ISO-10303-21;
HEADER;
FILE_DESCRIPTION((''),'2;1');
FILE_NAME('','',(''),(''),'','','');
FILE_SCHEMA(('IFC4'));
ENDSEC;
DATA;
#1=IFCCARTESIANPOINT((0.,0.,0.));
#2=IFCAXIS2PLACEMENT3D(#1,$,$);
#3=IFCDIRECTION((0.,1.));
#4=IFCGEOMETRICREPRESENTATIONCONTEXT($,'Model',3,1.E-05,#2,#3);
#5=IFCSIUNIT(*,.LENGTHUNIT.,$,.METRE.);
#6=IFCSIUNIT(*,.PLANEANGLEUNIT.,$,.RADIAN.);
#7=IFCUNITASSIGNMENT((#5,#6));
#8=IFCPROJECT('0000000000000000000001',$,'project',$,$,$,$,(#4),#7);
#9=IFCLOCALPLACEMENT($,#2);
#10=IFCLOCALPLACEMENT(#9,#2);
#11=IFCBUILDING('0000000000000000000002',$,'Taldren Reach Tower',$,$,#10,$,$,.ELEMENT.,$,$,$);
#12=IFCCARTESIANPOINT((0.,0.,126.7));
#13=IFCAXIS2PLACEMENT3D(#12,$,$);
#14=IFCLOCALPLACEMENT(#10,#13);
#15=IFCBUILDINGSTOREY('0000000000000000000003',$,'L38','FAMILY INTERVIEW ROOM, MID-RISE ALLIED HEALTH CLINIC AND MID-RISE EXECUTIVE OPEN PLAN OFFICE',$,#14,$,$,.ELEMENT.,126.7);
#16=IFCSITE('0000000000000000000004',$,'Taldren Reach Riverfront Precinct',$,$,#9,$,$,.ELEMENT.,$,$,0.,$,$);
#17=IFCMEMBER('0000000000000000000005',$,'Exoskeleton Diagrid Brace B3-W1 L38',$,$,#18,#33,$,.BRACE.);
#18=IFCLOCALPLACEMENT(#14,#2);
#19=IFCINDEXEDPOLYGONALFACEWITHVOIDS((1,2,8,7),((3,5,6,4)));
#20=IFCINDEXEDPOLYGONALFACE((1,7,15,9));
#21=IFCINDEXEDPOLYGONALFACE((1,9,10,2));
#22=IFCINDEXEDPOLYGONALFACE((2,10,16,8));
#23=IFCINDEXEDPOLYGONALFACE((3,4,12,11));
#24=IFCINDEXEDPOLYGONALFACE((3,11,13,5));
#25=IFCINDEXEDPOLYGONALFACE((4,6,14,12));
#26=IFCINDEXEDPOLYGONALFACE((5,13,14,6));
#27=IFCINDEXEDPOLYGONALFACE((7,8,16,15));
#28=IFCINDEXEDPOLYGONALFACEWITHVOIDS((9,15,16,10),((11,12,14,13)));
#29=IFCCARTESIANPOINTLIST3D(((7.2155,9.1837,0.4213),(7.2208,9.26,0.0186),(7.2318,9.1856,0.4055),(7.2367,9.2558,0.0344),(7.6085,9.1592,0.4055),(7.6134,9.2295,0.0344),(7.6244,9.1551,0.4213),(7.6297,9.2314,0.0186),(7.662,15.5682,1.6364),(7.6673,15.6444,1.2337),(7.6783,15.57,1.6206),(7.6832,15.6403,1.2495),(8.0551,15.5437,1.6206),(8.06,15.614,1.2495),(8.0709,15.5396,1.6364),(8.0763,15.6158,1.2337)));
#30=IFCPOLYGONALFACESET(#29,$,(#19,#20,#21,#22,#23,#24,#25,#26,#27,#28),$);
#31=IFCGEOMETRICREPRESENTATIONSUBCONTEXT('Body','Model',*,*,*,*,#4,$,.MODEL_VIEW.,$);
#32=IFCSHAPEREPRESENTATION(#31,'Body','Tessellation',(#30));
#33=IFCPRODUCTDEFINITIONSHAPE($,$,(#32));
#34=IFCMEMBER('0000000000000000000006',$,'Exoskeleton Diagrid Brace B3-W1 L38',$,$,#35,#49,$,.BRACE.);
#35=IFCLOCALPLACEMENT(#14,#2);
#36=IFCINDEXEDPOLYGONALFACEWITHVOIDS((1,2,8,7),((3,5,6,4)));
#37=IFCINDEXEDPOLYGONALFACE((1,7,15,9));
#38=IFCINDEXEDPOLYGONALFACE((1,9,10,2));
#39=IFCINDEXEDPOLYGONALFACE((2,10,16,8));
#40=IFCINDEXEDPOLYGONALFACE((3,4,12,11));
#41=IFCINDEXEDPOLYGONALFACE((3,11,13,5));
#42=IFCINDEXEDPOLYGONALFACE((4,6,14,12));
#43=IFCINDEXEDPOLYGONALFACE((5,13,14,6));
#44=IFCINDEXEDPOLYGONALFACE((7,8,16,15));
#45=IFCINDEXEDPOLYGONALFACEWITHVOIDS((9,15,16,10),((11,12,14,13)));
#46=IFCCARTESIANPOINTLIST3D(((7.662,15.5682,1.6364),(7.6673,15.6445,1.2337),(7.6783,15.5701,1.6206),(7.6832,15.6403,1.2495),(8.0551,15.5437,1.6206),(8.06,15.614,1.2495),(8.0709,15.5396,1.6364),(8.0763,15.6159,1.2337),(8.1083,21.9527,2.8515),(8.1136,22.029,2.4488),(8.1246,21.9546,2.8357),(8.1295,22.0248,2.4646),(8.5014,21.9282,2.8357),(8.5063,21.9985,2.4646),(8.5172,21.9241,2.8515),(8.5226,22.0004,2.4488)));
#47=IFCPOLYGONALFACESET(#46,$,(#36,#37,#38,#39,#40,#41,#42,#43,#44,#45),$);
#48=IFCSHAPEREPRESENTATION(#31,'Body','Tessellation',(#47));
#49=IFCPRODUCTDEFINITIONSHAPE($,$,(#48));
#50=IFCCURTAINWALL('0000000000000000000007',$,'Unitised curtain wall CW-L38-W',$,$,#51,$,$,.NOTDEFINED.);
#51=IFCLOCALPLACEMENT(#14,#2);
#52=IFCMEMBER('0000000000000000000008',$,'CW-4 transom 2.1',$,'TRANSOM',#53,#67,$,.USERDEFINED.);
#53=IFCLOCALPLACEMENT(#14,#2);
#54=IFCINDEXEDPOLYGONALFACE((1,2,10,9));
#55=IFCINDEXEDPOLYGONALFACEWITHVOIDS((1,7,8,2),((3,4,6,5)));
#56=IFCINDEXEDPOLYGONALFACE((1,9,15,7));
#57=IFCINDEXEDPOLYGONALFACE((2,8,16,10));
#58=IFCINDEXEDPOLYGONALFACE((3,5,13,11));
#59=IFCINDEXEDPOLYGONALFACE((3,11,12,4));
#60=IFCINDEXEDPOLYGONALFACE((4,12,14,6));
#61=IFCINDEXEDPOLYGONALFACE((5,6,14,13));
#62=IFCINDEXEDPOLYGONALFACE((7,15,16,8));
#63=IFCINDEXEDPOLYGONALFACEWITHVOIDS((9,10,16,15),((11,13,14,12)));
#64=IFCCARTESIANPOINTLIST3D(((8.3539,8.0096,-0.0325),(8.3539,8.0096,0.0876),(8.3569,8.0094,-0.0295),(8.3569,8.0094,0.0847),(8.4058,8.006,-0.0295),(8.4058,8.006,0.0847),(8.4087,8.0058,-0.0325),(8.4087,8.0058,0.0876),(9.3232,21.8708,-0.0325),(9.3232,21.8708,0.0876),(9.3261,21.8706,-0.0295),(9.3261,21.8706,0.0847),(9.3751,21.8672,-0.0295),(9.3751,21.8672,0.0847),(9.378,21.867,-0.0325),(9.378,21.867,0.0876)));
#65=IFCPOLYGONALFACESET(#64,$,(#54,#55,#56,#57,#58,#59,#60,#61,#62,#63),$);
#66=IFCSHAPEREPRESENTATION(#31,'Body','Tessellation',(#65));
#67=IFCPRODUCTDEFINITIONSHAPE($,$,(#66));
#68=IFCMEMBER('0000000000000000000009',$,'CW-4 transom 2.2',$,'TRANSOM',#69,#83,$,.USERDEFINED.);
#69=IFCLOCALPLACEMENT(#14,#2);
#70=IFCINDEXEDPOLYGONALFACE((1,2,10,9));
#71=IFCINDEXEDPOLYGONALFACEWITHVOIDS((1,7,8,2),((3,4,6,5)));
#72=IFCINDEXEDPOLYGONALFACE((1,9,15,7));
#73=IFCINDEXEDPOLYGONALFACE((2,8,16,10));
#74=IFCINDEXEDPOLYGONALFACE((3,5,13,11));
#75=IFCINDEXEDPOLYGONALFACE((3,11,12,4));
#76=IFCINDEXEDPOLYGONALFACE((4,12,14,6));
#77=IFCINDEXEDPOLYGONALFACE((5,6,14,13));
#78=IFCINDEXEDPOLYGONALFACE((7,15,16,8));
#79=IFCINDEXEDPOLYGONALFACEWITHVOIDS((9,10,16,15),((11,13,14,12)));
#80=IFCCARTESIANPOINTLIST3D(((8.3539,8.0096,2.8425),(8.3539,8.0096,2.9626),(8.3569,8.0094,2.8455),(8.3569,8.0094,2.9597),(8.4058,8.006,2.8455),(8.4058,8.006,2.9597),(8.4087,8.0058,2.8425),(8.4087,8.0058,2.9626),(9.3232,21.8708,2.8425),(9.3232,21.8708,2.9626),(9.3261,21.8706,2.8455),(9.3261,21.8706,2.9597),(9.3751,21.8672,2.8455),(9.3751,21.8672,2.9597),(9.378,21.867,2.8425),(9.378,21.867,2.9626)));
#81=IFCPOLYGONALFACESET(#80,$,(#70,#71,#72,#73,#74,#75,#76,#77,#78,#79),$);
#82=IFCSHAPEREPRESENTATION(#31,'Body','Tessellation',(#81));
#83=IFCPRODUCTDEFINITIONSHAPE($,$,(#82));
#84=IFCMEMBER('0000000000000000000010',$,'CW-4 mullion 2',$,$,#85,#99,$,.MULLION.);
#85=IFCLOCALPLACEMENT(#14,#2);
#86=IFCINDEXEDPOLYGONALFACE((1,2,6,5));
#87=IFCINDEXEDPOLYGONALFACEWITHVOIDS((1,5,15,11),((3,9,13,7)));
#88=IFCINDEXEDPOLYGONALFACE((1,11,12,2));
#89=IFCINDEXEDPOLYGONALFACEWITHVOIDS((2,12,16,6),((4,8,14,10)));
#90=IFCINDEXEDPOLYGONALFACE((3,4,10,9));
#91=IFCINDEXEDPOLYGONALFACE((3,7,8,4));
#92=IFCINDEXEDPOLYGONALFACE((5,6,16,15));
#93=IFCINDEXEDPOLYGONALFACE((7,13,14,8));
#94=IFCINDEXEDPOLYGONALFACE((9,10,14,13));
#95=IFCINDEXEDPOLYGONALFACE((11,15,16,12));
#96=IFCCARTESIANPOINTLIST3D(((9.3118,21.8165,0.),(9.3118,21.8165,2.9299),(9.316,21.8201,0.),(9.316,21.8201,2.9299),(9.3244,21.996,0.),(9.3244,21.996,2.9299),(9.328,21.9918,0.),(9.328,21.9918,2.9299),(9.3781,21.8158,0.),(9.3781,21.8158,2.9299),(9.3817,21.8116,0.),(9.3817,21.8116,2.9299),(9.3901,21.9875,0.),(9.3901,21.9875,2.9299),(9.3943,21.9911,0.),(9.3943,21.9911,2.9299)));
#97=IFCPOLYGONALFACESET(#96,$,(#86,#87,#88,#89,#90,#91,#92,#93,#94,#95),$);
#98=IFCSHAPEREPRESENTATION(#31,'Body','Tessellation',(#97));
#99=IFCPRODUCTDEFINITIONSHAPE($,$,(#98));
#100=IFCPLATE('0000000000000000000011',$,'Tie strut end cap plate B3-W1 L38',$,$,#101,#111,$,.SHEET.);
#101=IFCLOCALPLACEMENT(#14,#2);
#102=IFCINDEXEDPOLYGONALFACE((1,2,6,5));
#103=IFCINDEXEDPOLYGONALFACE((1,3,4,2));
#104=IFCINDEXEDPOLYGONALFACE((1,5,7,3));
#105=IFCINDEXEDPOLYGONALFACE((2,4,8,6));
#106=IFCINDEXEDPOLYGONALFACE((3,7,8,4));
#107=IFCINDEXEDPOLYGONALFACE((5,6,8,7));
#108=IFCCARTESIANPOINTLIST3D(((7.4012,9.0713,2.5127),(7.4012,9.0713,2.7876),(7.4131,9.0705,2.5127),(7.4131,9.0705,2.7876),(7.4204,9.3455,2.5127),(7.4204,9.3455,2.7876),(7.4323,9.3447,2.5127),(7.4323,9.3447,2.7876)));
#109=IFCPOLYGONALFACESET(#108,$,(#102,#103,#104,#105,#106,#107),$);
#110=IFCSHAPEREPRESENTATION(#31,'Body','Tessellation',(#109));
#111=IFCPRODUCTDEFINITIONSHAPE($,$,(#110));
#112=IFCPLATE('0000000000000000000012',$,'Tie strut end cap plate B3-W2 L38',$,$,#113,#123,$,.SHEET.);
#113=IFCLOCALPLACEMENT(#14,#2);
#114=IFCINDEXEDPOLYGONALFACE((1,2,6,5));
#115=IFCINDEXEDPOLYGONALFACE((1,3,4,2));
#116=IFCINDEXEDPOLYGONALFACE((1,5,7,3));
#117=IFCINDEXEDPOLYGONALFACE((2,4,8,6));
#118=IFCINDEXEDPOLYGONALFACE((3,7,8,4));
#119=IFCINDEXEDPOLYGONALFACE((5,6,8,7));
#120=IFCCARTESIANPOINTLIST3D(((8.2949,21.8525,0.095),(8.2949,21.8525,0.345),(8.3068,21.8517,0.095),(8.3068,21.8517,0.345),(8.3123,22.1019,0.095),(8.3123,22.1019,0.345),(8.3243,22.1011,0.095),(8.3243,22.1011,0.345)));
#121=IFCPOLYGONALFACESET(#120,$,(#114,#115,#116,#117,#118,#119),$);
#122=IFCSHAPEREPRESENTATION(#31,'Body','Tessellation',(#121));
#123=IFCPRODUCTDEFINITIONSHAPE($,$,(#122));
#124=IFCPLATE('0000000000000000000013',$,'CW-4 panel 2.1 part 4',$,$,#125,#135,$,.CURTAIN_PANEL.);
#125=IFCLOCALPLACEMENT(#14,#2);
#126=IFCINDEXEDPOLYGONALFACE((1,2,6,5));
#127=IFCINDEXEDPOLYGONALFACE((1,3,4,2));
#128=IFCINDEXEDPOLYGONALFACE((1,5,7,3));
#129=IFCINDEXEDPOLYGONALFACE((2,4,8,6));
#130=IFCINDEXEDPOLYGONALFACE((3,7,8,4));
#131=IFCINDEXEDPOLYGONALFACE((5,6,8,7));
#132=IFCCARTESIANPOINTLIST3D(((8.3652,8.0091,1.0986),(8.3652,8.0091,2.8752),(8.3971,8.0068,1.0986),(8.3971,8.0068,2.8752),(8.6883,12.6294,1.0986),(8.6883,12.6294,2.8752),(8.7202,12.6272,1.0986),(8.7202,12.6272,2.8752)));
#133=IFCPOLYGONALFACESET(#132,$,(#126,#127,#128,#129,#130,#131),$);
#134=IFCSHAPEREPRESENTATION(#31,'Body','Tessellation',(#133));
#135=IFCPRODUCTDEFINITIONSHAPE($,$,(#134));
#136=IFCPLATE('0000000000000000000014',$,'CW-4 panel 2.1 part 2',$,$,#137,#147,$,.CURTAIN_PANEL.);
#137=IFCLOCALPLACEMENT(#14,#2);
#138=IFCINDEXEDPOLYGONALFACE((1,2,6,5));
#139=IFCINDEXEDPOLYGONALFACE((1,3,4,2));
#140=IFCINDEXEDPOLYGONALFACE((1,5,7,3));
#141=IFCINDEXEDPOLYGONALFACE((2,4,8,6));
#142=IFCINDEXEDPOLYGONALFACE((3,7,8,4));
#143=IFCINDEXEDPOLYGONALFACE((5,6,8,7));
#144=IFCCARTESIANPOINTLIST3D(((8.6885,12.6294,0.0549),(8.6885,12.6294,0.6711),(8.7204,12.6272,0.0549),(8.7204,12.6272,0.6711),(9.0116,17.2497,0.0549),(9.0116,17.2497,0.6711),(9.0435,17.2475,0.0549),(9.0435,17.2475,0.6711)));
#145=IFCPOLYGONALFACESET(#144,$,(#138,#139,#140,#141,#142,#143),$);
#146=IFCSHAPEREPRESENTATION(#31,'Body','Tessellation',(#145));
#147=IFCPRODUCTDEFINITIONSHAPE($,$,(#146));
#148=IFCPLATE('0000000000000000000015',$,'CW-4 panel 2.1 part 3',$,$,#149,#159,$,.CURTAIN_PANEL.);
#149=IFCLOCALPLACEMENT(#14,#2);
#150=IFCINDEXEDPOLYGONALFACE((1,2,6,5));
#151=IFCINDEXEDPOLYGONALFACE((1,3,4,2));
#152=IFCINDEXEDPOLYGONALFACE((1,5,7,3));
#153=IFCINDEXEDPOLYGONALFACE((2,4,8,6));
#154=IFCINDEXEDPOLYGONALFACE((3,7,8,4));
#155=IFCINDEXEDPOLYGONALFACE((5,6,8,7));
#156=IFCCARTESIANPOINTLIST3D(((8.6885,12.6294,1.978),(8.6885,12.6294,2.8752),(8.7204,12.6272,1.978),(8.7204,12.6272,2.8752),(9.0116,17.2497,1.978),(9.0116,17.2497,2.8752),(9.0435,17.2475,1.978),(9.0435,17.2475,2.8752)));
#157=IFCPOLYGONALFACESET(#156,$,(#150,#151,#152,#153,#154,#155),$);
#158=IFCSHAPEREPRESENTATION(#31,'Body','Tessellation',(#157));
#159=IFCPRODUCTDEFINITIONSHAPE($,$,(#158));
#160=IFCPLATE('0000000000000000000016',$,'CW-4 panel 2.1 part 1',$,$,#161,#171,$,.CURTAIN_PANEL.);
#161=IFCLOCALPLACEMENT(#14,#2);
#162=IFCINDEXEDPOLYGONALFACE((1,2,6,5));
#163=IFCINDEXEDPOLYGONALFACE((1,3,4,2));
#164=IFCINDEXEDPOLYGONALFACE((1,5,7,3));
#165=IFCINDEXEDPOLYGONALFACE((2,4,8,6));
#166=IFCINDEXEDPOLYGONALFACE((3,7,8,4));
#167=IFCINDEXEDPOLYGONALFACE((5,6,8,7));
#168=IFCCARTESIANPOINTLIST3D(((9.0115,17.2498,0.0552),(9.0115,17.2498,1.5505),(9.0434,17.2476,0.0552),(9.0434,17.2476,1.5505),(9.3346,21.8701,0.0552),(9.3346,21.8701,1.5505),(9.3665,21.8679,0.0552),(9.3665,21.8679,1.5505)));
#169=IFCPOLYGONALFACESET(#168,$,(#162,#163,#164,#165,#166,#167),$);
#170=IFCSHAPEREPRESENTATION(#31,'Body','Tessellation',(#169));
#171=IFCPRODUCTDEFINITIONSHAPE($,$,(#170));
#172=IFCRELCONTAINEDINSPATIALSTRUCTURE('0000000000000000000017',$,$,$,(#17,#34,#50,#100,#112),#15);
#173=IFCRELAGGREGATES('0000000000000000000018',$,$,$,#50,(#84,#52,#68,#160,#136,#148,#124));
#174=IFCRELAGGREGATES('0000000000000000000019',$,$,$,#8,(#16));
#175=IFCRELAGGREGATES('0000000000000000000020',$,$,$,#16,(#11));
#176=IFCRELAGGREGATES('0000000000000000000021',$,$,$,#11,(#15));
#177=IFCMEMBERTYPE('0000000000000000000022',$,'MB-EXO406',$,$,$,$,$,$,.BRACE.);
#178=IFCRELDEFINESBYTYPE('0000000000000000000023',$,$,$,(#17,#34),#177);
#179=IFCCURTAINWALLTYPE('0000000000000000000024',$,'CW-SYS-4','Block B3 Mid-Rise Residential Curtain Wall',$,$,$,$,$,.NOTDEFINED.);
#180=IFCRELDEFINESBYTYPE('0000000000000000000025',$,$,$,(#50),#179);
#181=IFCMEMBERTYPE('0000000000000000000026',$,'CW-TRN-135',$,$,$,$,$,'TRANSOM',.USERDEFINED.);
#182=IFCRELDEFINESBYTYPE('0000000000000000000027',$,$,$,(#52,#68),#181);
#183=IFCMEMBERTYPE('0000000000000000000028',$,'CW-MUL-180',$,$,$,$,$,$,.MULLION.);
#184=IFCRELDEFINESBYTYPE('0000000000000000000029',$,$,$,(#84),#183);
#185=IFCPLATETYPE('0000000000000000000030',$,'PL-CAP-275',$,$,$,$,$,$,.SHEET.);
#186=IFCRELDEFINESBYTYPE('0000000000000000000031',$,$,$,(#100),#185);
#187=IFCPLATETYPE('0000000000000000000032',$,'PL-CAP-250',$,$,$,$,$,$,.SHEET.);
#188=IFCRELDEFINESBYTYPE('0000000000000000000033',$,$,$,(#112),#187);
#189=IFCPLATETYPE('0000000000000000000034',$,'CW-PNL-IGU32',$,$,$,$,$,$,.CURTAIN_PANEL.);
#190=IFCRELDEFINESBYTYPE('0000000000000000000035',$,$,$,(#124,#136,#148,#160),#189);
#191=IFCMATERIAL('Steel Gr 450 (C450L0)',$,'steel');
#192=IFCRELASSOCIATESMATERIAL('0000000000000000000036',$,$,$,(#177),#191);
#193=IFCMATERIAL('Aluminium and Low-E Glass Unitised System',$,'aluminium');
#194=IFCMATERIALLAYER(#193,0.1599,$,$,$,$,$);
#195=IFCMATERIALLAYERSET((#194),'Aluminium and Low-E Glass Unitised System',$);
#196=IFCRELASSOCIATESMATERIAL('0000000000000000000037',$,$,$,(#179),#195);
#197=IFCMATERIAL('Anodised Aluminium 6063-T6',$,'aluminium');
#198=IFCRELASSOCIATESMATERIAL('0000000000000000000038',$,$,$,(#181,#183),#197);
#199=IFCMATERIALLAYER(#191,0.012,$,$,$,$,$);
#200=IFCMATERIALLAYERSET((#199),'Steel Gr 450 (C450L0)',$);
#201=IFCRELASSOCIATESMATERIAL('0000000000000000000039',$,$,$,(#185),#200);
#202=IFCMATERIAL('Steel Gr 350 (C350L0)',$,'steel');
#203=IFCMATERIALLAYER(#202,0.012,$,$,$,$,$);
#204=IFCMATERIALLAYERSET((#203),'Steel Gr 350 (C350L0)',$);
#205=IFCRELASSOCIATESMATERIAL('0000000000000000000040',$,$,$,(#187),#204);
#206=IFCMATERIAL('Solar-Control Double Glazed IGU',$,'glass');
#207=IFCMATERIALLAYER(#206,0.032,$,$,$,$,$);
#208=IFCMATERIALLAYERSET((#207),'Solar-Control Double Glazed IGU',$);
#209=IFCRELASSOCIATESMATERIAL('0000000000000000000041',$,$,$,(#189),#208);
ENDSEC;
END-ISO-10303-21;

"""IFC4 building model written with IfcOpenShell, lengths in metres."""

from ifc_helpers import new_model, si_unit, direction, frame, origin, origin_2d, place, context, subcontext, project, spatial, rectangle, hollow_rectangle, extrude, source, transform, mapped, material, layer, layer_set, material_profile, profile_set, type_object, element, aggregate, save


model = new_model("IFC4")

# Units and contexts
model_context = context("Model", 3, precision=1e-05, world=origin(), true_north=direction((0.0, 1.0)))
body_context = subcontext(model_context, "Body", "Model", "MODEL_VIEW")
ifc_project = project(units=[si_unit("LENGTHUNIT", "METRE"), si_unit("PLANEANGLEUNIT", "RADIAN")], contexts=[model_context])

# Site, building, storey
site_placement = place(None, origin())
site = spatial("IfcSite", under=ifc_project, at=site_placement, Name="Taldren Reach Riverfront Precinct", CompositionType="ELEMENT", RefElevation=0.0)
building_placement = place(site_placement, origin())
building = spatial("IfcBuilding", under=site, at=building_placement, Name="Taldren Reach Tower", CompositionType="ELEMENT")
storey_placement = place(building_placement, frame((0.0, 0.0, 126.7)))
storey = spatial("IfcBuildingStorey", under=building, at=storey_placement, Name="L38", Description="FAMILY INTERVIEW ROOM, MID-RISE ALLIED HEALTH CLINIC AND MID-RISE EXECUTIVE OPEN PLAN OFFICE", CompositionType="ELEMENT", Elevation=126.7)

# Shared definitions
ifc_material_1 = material(Name="Steel Gr 450 (C450L0)", Category="steel")
ifc_material_2 = material(Name="Steel Gr 350 (C350L0)", Category="steel")

# Members
ifc_material_profile_1 = material_profile(ifc_material_1, hollow_rectangle(XDim=0.4099, YDim=0.4099, WallThickness=0.0161, at=origin_2d()), Name="410x410x16.0SHS")
ifc_profile_set_1 = profile_set([ifc_material_profile_1], Name="Steel Gr 450 (C450L0)")
member_type_1 = type_object("IfcMemberType", Name="MB-EXO406", PredefinedType="BRACE", material=ifc_profile_set_1)
shared_shape_1 = source(origin(), body_context, "Body", "SweptSolid", [
    extrude(hollow_rectangle(XDim=0.4099, YDim=0.4099, WallThickness=0.0161, at=origin_2d()), origin(), (0.0, 0.0, 1.0), 6.5144),
])
for number, where, z_axis, x_axis, name in (
    (1, (7.4226, 9.2075, 0.22), (0.068545, 0.980057, 0.186522), (-0.997563, 0.06977, 0.0), "Exoskeleton Diagrid Brace B3-W1 L38"),
    (2, (7.8691, 15.592, 1.4351), (0.068508, 0.980059, 0.186523), (-0.997566, 0.069732, 0.0), "Exoskeleton Diagrid Brace B3-W1 L38"),
):
    element("IfcMember", number, at=place(storey_placement, frame(where, z_axis=z_axis, x_axis=x_axis)), inside=storey, type_object=member_type_1, Name=name, PredefinedType="BRACE", context=body_context, shape_type="MappedRepresentation", body=[
        mapped(shared_shape_1, transform((0.0, 0.0, 0.0), scale=1.0)),
    ])

# Curtain wall, members
ifc_material_3 = material(Name="Aluminium and Low-E Glass Unitised System", Category="aluminium")
ifc_layer_1 = layer(ifc_material_3, 0.1599)
ifc_layer_set_1 = layer_set([ifc_layer_1], Name="Aluminium and Low-E Glass Unitised System")
curtain_wall_type = type_object("IfcCurtainWallType", Name="CW-SYS-4", Description="Block B3 Mid-Rise Residential Curtain Wall", PredefinedType="NOTDEFINED", material=ifc_layer_set_1)
curtain_wall_placement = place(storey_placement, origin())
curtain_wall = element("IfcCurtainWall", 3, at=curtain_wall_placement, inside=storey, type_object=curtain_wall_type, Name="Unitised curtain wall CW-L38-W", PredefinedType="NOTDEFINED")
ifc_material_4 = material(Name="Anodised Aluminium 6063-T6", Category="aluminium")
ifc_material_profile_2 = material_profile(ifc_material_4, hollow_rectangle(XDim=0.0549, YDim=0.1201, WallThickness=0.0029, at=origin_2d()), Name="ALU-120x55x3RHS")
ifc_profile_set_2 = profile_set([ifc_material_profile_2], Name="Anodised Aluminium 6063-T6")
member_type_2 = type_object("IfcMemberType", Name="CW-TRN-135", ElementType="TRANSOM", PredefinedType="USERDEFINED", material=ifc_profile_set_2)
shared_shape_2 = source(origin(), body_context, "Body", "SweptSolid", [
    extrude(hollow_rectangle(XDim=0.0549, YDim=0.1201, WallThickness=0.0029, at=origin_2d()), origin(), (0.0, 0.0, 1.0), 13.895),
])
member_1_placement = place(storey_placement, frame((9.3506, 21.8689, 0.0276), z_axis=(-0.069755, -0.997564, 0.0), x_axis=(0.997564, -0.069755, 0.0)))
member_1 = element("IfcMember", 4, at=member_1_placement, type_object=member_type_2, Name="CW-4 transom 2.1", ObjectType="TRANSOM", PredefinedType="USERDEFINED", context=body_context, shape_type="MappedRepresentation", body=[
    mapped(shared_shape_2, transform((0.0, 0.0, 0.0), scale=1.0)),
])
member_2_placement = place(storey_placement, frame((9.3506, 21.8689, 2.9026), z_axis=(-0.069755, -0.997564, 0.0), x_axis=(0.997564, -0.069755, 0.0)))
member_2 = element("IfcMember", 5, at=member_2_placement, type_object=member_type_2, Name="CW-4 transom 2.2", ObjectType="TRANSOM", PredefinedType="USERDEFINED", context=body_context, shape_type="MappedRepresentation", body=[
    mapped(shared_shape_2, transform((0.0, 0.0, 0.0), scale=1.0)),
])
ifc_material_profile_3 = material_profile(ifc_material_4, hollow_rectangle(XDim=0.0701, YDim=0.1799, WallThickness=0.0039, at=origin_2d()), Name="ALU-180x70x4RHS")
ifc_profile_set_3 = profile_set([ifc_material_profile_3], Name="Anodised Aluminium 6063-T6")
member_type_3 = type_object("IfcMemberType", Name="CW-MUL-180", PredefinedType="MULLION", material=ifc_profile_set_3)
shared_shape_3 = source(origin(), body_context, "Body", "SweptSolid", [
    extrude(hollow_rectangle(XDim=0.0701, YDim=0.1799, WallThickness=0.0039, at=origin_2d()), origin(), (0.0, 0.0, 1.0), 2.9299),
])
member_3_placement = place(storey_placement, frame((9.353, 21.9038, 0.0), z_axis=(0.0, 0.0, 1.0), x_axis=(0.997564, -0.069756, 0.0)))
member_3 = element("IfcMember", 6, at=member_3_placement, type_object=member_type_3, Name="CW-4 mullion 2", PredefinedType="MULLION", context=body_context, shape_type="MappedRepresentation", body=[
    mapped(shared_shape_3, transform((0.0, 0.0, 0.0), scale=1.0)),
])

# Plates
ifc_layer_2 = layer(ifc_material_1, 0.012)
ifc_layer_set_2 = layer_set([ifc_layer_2], Name="Steel Gr 450 (C450L0)")
plate_type_1 = type_object("IfcPlateType", Name="PL-CAP-275", PredefinedType="SHEET", material=ifc_layer_set_2)
shared_shape_4 = source(origin(), body_context, "Body", "SweptSolid", [
    extrude(rectangle(XDim=0.012, YDim=0.2749, at=origin_2d()), origin(), (0.0, 0.0, 1.0), 0.2749),
])
plate_1_placement = place(storey_placement, frame((7.4167, 9.208, 2.5127), z_axis=(0.0, 0.0, 1.0), x_axis=(0.997564, -0.069756, 0.0)))
element("IfcPlate", 7, at=plate_1_placement, inside=storey, type_object=plate_type_1, Name="Tie strut end cap plate B3-W1 L38", PredefinedType="SHEET", context=body_context, shape_type="MappedRepresentation", body=[
    mapped(shared_shape_4, transform((0.0, 0.0, 0.0), scale=1.0)),
])
ifc_layer_3 = layer(ifc_material_2, 0.012)
ifc_layer_set_3 = layer_set([ifc_layer_3], Name="Steel Gr 350 (C350L0)")
plate_type_2 = type_object("IfcPlateType", Name="PL-CAP-250", PredefinedType="SHEET", material=ifc_layer_set_3)
shared_shape_5 = source(origin(), body_context, "Body", "SweptSolid", [
    extrude(rectangle(XDim=0.012, YDim=0.25, at=origin_2d()), origin(), (0.0, 0.0, 1.0), 0.25),
])
plate_2_placement = place(storey_placement, frame((8.3096, 21.9768, 0.095), z_axis=(0.0, 0.0, 1.0), x_axis=(0.997564, -0.069756, 0.0)))
element("IfcPlate", 8, at=plate_2_placement, inside=storey, type_object=plate_type_2, Name="Tie strut end cap plate B3-W2 L38", PredefinedType="SHEET", context=body_context, shape_type="MappedRepresentation", body=[
    mapped(shared_shape_5, transform((0.0, 0.0, 0.0), scale=1.0)),
])

# Plates
ifc_material_5 = material(Name="Solar-Control Double Glazed IGU", Category="glass")
ifc_layer_4 = layer(ifc_material_5, 0.032)
ifc_layer_set_4 = layer_set([ifc_layer_4], Name="Solar-Control Double Glazed IGU")
plate_type_3 = type_object("IfcPlateType", Name="CW-PNL-IGU32", PredefinedType="CURTAIN_PANEL", material=ifc_layer_set_4)
shared_shape_6 = source(origin(), body_context, "Body", "SweptSolid", [
    extrude(rectangle(XDim=4.6316, YDim=0.032, at=origin_2d()), origin(), (0.0, 0.0, 1.0), 1.7766),
])
plate_3_placement = place(storey_placement, frame((8.5427, 10.3181, 1.0986), z_axis=(0.0, 0.0, 1.0), x_axis=(-0.069756, -0.997564, 0.0)))
plate_3 = element("IfcPlate", 9, at=plate_3_placement, type_object=plate_type_3, Name="CW-4 panel 2.1 part 4", PredefinedType="CURTAIN_PANEL", context=body_context, shape_type="MappedRepresentation", body=[
    mapped(shared_shape_6, transform((0.0, 0.0, 0.0), scale=1.0)),
])
shared_shape_7 = source(origin(), body_context, "Body", "SweptSolid", [
    extrude(rectangle(XDim=4.6316, YDim=0.032, at=origin_2d()), origin(), (0.0, 0.0, 1.0), 0.6162),
])
plate_4_placement = place(storey_placement, frame((8.866, 14.9385, 0.0549), z_axis=(0.0, 0.0, 1.0), x_axis=(-0.069756, -0.997564, 0.0)))
plate_4 = element("IfcPlate", 10, at=plate_4_placement, type_object=plate_type_3, Name="CW-4 panel 2.1 part 2", PredefinedType="CURTAIN_PANEL", context=body_context, shape_type="MappedRepresentation", body=[
    mapped(shared_shape_7, transform((0.0, 0.0, 0.0), scale=1.0)),
])
shared_shape_8 = source(origin(), body_context, "Body", "SweptSolid", [
    extrude(rectangle(XDim=4.6316, YDim=0.032, at=origin_2d()), origin(), (0.0, 0.0, 1.0), 0.8972),
])
plate_5_placement = place(storey_placement, frame((8.866, 14.9385, 1.978), z_axis=(0.0, 0.0, 1.0), x_axis=(-0.069756, -0.997564, 0.0)))
plate_5 = element("IfcPlate", 11, at=plate_5_placement, type_object=plate_type_3, Name="CW-4 panel 2.1 part 3", PredefinedType="CURTAIN_PANEL", context=body_context, shape_type="MappedRepresentation", body=[
    mapped(shared_shape_8, transform((0.0, 0.0, 0.0), scale=1.0)),
])
shared_shape_9 = source(origin(), body_context, "Body", "SweptSolid", [
    extrude(rectangle(XDim=4.6316, YDim=0.032, at=origin_2d()), origin(), (0.0, 0.0, 1.0), 1.4954),
])
plate_6_placement = place(storey_placement, frame((9.189, 19.5588, 0.0552), z_axis=(0.0, 0.0, 1.0), x_axis=(-0.069756, -0.997564, 0.0)))
plate_6 = element("IfcPlate", 12, at=plate_6_placement, type_object=plate_type_3, Name="CW-4 panel 2.1 part 1", PredefinedType="CURTAIN_PANEL", context=body_context, shape_type="MappedRepresentation", body=[
    mapped(shared_shape_9, transform((0.0, 0.0, 0.0), scale=1.0)),
])
aggregate(curtain_wall, [member_3, member_1, member_2, plate_6, plate_4, plate_5, plate_3])

save(model, "model.ifc")
